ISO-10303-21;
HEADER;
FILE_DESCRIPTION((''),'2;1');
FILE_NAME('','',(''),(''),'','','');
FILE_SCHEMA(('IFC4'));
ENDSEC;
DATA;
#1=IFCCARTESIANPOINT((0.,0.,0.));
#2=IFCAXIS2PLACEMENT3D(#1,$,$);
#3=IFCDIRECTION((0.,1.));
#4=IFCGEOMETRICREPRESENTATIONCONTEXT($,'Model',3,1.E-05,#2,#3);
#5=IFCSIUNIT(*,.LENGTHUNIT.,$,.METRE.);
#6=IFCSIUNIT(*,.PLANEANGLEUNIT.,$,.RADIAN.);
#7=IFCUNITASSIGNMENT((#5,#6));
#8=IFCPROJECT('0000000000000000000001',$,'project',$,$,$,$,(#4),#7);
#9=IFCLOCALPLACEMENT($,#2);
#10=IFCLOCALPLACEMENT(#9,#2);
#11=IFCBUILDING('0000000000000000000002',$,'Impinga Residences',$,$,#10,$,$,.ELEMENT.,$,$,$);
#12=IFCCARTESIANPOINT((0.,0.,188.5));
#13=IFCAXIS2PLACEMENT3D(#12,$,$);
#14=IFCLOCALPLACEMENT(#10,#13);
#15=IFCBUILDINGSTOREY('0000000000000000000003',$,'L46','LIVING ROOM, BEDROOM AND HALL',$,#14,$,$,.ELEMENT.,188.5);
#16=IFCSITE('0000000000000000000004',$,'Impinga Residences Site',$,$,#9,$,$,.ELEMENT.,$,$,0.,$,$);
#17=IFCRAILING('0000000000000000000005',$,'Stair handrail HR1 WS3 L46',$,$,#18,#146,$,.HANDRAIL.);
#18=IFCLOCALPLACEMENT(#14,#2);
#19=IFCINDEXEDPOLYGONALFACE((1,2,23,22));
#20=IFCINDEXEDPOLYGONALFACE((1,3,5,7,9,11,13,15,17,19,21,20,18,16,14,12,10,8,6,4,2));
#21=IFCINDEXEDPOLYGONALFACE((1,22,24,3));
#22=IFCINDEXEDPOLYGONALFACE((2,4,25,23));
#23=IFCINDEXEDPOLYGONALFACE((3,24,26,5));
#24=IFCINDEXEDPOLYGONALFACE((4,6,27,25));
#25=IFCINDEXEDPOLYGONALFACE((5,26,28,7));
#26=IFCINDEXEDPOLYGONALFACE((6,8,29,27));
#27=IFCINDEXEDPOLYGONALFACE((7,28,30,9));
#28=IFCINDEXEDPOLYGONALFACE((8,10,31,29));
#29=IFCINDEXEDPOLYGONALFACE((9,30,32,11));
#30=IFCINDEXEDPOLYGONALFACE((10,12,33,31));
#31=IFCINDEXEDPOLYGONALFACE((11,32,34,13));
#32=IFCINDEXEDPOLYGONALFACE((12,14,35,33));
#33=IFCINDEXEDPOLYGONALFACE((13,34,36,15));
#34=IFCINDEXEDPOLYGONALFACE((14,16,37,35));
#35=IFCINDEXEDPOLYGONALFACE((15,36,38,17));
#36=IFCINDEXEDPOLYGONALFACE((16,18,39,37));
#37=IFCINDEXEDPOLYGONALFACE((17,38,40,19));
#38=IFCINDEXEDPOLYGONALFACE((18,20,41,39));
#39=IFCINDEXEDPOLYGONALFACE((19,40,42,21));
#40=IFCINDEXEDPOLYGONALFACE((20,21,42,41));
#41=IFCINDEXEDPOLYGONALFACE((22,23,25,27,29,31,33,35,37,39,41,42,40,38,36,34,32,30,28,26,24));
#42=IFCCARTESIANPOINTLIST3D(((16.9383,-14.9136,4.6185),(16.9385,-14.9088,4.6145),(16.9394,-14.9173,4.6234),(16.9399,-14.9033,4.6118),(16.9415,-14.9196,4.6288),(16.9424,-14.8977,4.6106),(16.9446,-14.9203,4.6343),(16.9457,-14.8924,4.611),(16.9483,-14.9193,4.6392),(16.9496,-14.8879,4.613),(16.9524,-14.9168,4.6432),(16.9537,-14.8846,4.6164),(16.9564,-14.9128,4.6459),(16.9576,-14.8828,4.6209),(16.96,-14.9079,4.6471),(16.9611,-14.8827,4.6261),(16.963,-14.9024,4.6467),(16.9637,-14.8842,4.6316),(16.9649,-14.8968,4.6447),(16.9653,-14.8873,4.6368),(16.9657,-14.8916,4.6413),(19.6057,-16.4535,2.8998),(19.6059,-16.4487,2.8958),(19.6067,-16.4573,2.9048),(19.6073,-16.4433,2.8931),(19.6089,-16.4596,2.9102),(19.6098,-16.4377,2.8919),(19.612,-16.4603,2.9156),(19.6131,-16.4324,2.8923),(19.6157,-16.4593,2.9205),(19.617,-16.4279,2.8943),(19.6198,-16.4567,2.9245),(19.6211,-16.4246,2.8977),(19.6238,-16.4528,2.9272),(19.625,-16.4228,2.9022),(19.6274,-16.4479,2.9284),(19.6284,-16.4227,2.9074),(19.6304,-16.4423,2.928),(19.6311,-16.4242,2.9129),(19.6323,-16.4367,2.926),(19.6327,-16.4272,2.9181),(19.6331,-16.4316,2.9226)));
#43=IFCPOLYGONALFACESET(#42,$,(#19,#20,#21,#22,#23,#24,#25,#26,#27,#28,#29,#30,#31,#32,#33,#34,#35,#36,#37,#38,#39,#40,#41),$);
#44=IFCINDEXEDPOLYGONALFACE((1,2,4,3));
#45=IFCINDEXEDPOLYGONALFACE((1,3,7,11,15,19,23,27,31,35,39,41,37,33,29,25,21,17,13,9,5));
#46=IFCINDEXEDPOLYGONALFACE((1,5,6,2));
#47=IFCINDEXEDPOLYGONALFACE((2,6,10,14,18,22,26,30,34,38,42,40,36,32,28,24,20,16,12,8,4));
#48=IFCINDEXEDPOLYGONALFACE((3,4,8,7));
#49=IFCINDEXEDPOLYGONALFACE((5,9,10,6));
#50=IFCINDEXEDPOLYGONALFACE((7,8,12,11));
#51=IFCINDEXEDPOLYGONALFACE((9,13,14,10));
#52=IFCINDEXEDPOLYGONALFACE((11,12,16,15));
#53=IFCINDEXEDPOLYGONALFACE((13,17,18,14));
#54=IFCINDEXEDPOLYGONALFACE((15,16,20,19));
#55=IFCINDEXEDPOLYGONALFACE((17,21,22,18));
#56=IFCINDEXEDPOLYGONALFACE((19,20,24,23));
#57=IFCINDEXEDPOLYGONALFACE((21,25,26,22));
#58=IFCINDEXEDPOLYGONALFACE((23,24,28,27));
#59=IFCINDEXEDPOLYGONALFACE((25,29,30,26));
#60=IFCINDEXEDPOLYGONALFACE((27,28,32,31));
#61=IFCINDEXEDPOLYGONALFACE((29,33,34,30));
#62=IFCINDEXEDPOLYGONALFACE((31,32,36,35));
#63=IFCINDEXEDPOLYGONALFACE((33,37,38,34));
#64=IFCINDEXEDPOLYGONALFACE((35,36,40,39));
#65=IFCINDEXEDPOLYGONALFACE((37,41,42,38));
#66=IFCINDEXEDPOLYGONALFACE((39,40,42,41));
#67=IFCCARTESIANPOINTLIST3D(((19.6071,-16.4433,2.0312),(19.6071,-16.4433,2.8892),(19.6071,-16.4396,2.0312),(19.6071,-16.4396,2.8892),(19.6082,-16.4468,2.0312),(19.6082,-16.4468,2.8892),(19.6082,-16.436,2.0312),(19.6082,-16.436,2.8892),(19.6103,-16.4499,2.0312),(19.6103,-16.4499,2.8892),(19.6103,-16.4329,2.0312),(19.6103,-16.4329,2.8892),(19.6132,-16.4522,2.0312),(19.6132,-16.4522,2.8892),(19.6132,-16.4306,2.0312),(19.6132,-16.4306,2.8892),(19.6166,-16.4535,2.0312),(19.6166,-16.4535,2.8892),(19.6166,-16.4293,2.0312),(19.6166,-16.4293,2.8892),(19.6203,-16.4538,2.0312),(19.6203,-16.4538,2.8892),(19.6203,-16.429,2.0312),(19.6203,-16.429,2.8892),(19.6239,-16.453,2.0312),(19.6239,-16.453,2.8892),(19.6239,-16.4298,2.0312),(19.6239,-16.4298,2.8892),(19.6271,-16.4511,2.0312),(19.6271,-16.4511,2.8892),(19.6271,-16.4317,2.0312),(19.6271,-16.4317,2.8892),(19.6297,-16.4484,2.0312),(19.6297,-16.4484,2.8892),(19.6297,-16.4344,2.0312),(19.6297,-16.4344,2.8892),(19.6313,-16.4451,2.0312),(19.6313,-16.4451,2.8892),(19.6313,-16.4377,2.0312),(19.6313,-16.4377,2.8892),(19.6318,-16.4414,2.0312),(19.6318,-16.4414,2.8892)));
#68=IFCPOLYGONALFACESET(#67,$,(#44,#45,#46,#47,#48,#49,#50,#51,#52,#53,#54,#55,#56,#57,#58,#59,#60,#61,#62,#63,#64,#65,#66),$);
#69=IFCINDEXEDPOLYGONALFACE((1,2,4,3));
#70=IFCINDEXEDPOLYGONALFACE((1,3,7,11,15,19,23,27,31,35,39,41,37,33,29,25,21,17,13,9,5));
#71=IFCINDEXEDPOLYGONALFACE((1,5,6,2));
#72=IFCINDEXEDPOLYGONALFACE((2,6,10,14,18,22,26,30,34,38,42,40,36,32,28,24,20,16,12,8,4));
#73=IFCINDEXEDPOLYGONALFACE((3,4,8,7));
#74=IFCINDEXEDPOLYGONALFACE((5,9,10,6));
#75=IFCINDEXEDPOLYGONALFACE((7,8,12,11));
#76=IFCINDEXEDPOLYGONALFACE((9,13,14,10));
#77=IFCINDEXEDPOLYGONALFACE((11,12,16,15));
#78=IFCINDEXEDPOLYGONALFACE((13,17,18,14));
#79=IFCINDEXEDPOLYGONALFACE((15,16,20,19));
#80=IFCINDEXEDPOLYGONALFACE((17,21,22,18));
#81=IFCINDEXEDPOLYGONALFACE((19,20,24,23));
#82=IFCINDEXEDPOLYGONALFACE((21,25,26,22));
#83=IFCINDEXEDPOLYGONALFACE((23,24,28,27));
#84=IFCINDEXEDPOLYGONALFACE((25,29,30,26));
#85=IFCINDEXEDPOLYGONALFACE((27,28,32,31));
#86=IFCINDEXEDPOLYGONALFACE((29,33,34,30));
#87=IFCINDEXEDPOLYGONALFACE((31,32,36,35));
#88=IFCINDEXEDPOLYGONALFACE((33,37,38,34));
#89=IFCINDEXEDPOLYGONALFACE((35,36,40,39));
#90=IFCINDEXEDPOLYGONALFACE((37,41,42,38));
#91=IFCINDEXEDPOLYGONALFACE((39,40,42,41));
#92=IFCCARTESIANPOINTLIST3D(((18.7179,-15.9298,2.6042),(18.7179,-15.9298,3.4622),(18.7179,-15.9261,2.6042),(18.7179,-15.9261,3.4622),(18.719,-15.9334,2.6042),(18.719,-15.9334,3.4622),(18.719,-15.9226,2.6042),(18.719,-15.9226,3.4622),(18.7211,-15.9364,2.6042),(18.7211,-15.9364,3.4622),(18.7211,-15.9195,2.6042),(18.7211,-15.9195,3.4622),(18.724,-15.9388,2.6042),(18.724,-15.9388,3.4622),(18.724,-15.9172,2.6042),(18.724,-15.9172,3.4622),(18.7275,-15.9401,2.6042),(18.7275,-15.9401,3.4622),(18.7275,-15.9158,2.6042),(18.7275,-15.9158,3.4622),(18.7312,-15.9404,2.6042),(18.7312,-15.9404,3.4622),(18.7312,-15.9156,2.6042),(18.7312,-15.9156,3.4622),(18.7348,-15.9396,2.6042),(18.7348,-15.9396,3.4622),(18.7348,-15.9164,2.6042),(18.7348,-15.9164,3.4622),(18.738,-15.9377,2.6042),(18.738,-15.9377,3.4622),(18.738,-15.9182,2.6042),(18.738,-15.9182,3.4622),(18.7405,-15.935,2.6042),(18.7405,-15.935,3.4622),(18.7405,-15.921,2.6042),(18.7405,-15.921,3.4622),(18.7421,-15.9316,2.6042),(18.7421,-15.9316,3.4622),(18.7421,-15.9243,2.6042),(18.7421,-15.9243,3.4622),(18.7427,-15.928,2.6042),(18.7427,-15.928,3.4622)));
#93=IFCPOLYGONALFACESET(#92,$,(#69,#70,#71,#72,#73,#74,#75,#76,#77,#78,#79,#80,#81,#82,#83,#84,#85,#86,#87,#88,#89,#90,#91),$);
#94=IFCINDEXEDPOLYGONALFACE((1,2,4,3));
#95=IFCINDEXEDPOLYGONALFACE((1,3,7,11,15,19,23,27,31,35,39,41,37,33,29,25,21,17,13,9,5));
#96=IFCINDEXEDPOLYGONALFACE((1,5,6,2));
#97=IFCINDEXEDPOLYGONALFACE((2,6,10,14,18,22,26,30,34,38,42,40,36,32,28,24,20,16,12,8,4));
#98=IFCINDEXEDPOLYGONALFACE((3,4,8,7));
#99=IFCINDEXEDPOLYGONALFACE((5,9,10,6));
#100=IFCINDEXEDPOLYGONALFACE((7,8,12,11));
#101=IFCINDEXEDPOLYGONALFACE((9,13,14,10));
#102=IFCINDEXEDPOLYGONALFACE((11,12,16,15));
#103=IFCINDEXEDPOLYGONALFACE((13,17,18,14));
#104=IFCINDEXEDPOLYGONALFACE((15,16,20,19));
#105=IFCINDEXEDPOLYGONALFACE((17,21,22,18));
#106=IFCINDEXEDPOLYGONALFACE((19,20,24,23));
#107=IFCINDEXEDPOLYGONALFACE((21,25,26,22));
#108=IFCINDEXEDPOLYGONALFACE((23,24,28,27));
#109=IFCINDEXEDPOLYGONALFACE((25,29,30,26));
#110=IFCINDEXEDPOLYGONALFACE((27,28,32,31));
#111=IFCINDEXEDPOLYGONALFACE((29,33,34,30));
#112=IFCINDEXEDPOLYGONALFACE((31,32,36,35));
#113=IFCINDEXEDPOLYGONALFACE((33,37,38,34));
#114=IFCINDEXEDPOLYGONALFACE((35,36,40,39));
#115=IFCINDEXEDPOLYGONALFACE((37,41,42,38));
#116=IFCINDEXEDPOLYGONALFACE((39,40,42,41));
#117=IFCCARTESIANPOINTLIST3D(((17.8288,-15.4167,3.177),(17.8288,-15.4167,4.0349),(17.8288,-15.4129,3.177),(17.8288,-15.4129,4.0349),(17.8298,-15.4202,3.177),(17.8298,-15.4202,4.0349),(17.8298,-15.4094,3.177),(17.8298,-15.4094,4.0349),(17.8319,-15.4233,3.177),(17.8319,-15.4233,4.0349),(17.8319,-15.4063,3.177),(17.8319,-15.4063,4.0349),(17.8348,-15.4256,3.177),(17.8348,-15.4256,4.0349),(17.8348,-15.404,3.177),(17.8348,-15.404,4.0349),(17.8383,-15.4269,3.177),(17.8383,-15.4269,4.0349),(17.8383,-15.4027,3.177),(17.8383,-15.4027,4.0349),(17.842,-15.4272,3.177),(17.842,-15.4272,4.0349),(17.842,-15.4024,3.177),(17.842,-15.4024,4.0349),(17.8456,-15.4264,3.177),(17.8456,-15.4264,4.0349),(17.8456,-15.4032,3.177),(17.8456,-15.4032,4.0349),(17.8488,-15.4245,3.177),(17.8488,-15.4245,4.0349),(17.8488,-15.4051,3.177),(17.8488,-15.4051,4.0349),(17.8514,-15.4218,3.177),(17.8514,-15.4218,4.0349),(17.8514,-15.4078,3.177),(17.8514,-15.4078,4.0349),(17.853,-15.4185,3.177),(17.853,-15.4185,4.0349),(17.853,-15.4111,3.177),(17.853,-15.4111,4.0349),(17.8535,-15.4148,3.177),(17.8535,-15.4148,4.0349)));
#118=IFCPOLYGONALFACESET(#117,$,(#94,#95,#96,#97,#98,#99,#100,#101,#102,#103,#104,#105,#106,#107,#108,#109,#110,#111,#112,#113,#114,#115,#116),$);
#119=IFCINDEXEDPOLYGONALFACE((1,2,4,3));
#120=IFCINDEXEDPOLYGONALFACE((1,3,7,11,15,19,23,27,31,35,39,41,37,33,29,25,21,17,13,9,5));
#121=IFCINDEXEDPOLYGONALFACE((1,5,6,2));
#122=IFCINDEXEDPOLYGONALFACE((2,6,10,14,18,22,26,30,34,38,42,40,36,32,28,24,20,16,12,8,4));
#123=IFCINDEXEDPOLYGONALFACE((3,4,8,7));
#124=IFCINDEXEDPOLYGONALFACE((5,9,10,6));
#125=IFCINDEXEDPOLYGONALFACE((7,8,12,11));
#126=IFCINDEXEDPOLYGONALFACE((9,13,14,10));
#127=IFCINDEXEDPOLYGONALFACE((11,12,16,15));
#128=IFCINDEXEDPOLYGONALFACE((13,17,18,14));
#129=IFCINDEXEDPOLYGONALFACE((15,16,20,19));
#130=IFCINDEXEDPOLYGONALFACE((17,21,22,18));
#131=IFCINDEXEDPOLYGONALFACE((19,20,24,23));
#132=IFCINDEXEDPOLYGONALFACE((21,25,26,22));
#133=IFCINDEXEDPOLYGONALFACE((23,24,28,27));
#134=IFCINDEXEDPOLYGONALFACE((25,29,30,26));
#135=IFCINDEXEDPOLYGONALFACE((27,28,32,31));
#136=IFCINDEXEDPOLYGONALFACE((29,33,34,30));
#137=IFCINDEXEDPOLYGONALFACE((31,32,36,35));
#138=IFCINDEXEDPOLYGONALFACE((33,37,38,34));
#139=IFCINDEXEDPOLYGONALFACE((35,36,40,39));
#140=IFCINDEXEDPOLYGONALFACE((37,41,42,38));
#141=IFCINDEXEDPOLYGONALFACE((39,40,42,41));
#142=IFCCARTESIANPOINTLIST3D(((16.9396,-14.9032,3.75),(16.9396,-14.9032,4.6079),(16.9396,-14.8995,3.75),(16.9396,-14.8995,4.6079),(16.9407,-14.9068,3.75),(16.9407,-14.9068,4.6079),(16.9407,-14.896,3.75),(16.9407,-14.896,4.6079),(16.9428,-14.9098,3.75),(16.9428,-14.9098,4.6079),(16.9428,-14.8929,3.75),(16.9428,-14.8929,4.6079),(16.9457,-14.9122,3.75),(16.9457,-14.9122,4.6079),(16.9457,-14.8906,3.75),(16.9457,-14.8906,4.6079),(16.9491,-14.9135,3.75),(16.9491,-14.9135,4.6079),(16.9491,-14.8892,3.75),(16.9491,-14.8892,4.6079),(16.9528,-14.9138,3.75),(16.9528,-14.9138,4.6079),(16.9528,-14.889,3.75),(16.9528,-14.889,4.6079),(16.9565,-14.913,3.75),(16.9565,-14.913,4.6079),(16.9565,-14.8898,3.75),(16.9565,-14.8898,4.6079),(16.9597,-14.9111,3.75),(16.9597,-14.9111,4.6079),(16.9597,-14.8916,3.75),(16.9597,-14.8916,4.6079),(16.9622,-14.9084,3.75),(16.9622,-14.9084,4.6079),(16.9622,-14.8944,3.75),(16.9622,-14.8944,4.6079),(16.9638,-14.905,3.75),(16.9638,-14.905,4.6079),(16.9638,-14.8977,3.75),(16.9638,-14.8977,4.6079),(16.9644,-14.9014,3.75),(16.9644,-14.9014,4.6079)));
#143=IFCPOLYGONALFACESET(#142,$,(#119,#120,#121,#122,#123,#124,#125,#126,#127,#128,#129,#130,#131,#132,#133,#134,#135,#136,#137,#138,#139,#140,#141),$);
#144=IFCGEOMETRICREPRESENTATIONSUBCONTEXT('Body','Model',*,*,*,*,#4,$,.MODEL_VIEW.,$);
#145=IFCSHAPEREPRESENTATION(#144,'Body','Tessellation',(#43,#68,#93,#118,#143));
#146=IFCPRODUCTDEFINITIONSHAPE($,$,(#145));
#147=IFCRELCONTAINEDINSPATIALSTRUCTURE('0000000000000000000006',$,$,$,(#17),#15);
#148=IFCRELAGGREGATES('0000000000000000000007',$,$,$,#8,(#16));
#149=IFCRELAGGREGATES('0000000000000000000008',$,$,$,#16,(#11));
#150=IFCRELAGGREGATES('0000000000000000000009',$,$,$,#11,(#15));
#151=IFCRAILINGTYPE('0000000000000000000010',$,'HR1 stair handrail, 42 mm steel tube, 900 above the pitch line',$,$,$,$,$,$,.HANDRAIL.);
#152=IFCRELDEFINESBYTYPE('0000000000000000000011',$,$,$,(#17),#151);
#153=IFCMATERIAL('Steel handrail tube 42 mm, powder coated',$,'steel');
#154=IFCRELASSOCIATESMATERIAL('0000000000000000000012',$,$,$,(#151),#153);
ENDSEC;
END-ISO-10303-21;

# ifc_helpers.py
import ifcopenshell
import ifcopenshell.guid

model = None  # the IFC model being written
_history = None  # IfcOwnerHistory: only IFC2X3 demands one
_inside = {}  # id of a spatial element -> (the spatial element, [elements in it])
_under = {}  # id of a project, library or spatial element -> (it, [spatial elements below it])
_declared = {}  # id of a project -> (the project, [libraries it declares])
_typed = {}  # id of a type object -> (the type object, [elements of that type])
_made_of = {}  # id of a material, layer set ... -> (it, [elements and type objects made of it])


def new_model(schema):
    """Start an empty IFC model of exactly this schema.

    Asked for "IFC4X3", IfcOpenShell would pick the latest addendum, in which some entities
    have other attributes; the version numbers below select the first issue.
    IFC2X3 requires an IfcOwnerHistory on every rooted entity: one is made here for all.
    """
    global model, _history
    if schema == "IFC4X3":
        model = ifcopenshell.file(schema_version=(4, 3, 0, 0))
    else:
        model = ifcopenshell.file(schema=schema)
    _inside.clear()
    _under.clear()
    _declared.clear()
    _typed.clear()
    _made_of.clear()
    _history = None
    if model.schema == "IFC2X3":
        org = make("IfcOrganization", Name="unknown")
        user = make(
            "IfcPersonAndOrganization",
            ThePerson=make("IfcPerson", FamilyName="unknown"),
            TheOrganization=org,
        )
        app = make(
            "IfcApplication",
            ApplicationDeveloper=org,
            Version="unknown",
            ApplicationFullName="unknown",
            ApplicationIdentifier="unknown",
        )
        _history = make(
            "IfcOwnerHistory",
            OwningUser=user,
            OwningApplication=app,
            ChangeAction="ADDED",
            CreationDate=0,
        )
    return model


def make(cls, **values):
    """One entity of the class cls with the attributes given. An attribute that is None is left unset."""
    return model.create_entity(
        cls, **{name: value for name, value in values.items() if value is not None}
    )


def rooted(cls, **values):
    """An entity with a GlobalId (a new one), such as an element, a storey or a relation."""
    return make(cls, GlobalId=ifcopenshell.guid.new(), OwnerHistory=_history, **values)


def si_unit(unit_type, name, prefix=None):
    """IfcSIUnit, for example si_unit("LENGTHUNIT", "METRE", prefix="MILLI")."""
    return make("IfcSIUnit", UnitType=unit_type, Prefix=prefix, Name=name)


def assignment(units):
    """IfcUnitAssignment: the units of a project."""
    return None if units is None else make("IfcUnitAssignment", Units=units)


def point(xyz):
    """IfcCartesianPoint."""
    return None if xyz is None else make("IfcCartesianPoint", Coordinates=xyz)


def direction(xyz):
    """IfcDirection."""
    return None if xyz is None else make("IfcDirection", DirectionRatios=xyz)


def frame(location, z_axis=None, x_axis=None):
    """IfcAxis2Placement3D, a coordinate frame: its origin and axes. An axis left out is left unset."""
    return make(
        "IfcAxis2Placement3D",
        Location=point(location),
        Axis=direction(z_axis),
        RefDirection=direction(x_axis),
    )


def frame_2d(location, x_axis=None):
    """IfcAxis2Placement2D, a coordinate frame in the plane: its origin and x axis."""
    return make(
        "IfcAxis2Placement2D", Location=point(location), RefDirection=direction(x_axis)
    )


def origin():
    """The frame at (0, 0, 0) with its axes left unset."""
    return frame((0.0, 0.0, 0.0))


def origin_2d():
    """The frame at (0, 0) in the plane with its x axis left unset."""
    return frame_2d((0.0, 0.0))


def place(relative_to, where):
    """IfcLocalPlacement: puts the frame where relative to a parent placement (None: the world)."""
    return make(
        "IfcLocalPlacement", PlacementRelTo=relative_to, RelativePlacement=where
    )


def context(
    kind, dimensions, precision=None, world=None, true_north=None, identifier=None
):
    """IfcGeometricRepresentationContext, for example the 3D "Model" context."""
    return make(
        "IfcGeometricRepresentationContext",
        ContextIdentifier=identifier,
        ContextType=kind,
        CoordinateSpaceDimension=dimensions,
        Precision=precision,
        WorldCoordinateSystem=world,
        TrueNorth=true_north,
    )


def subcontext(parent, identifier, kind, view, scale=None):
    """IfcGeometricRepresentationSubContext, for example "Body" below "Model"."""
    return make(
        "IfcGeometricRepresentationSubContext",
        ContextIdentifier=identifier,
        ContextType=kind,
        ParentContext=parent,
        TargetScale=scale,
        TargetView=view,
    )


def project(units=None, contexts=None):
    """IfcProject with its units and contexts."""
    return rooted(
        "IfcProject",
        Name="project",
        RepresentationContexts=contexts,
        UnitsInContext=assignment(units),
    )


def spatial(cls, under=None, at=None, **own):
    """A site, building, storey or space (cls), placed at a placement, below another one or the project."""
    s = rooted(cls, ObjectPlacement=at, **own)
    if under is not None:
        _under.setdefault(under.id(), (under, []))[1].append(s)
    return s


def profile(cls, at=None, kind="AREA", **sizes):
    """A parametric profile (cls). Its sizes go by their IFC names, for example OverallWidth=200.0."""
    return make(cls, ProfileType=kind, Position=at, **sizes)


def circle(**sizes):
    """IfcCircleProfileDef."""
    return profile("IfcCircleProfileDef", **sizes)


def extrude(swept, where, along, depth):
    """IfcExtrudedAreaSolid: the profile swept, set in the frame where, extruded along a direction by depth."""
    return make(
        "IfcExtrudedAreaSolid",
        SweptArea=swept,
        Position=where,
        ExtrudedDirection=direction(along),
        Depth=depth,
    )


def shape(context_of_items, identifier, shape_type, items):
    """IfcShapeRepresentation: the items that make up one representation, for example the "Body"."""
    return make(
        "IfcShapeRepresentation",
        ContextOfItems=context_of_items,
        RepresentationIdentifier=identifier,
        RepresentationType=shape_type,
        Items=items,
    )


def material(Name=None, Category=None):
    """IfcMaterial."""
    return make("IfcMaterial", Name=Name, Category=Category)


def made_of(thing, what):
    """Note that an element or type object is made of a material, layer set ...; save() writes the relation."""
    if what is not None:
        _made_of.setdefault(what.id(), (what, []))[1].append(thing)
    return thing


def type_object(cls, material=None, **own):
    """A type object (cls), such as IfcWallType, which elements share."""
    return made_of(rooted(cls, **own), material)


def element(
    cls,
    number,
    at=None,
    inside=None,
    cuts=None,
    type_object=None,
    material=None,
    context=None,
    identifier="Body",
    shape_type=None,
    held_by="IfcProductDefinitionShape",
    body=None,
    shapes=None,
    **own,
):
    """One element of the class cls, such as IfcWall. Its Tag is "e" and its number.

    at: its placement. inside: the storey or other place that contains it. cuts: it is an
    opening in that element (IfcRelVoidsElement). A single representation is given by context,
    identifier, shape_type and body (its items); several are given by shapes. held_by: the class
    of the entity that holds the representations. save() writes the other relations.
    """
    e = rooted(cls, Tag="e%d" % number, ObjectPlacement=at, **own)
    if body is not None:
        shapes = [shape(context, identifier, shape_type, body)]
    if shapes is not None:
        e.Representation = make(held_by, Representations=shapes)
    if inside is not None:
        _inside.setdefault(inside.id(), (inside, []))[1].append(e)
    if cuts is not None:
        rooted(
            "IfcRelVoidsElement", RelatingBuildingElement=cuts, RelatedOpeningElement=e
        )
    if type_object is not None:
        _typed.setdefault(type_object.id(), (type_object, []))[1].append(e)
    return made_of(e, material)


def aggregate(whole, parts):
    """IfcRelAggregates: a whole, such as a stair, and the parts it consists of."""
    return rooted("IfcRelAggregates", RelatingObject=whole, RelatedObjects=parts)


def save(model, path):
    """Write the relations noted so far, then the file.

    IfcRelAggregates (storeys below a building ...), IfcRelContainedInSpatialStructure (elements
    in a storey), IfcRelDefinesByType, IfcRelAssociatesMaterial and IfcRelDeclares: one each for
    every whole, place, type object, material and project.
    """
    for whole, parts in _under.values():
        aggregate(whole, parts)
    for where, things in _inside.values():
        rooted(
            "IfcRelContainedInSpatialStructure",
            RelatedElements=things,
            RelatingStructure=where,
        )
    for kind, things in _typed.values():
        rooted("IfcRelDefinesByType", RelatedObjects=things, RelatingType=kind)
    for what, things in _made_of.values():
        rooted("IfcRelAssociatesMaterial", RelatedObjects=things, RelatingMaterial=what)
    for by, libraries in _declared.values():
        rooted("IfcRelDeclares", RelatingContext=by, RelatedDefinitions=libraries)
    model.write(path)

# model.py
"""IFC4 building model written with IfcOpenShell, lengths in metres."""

from ifc_helpers import new_model, si_unit, direction, frame, origin, origin_2d, place, context, subcontext, project, spatial, circle, extrude, material, type_object, element, save


model = new_model("IFC4")

# Units and contexts
model_context = context("Model", 3, precision=1e-05, world=origin(), true_north=direction((0.0, 1.0)))
body_context = subcontext(model_context, "Body", "Model", "MODEL_VIEW")
ifc_project = project(units=[si_unit("LENGTHUNIT", "METRE"), si_unit("PLANEANGLEUNIT", "RADIAN")], contexts=[model_context])

# Site, building, storey
site_placement = place(None, origin())
site = spatial("IfcSite", under=ifc_project, at=site_placement, Name="Impinga Residences Site", CompositionType="ELEMENT", RefElevation=0.0)
building_placement = place(site_placement, origin())
building = spatial("IfcBuilding", under=site, at=building_placement, Name="Impinga Residences", CompositionType="ELEMENT")
storey_placement = place(building_placement, frame((0.0, 0.0, 188.5)))
storey = spatial("IfcBuildingStorey", under=building, at=storey_placement, Name="L46", Description="LIVING ROOM, BEDROOM AND HALL", CompositionType="ELEMENT", Elevation=188.5)

# Railing
ifc_material_1 = material(Name="Steel handrail tube 42 mm, powder coated", Category="steel")
railing_type = type_object("IfcRailingType", Name="HR1 stair handrail, 42 mm steel tube, 900 above the pitch line", PredefinedType="HANDRAIL", material=ifc_material_1)
railing_1_placement = place(storey_placement, frame((19.6194, -16.4414, 2.0312)))
element("IfcRailing", 1, at=railing_1_placement, inside=storey, type_object=railing_type, Name="Stair handrail HR1 WS3 L46", PredefinedType="HANDRAIL", context=body_context, shape_type="SweptSolid", body=[
    extrude(circle(Radius=0.021, at=origin_2d()), frame((0.0, 0.0, 0.8789), z_axis=(-0.756256, 0.436616, 0.487282), x_axis=(-0.499992, -0.86603, 0.0)), (0.0, 0.0, 1.0), 3.5271),
    extrude(circle(Radius=0.0125, at=origin_2d()), origin(), (0.0, 0.0, 1.0), 0.8579),
    extrude(circle(Radius=0.0125, at=origin_2d()), frame((-0.8892, 0.5134, 0.573)), (0.0, 0.0, 1.0), 0.8579),
    extrude(circle(Radius=0.0125, at=origin_2d()), frame((-1.7783, 1.0266, 1.1458)), (0.0, 0.0, 1.0), 0.8579),
    extrude(circle(Radius=0.0125, at=origin_2d()), frame((-2.6675, 1.54, 1.7188)), (0.0, 0.0, 1.0), 0.8579),
])

save(model, "model.ifc")
